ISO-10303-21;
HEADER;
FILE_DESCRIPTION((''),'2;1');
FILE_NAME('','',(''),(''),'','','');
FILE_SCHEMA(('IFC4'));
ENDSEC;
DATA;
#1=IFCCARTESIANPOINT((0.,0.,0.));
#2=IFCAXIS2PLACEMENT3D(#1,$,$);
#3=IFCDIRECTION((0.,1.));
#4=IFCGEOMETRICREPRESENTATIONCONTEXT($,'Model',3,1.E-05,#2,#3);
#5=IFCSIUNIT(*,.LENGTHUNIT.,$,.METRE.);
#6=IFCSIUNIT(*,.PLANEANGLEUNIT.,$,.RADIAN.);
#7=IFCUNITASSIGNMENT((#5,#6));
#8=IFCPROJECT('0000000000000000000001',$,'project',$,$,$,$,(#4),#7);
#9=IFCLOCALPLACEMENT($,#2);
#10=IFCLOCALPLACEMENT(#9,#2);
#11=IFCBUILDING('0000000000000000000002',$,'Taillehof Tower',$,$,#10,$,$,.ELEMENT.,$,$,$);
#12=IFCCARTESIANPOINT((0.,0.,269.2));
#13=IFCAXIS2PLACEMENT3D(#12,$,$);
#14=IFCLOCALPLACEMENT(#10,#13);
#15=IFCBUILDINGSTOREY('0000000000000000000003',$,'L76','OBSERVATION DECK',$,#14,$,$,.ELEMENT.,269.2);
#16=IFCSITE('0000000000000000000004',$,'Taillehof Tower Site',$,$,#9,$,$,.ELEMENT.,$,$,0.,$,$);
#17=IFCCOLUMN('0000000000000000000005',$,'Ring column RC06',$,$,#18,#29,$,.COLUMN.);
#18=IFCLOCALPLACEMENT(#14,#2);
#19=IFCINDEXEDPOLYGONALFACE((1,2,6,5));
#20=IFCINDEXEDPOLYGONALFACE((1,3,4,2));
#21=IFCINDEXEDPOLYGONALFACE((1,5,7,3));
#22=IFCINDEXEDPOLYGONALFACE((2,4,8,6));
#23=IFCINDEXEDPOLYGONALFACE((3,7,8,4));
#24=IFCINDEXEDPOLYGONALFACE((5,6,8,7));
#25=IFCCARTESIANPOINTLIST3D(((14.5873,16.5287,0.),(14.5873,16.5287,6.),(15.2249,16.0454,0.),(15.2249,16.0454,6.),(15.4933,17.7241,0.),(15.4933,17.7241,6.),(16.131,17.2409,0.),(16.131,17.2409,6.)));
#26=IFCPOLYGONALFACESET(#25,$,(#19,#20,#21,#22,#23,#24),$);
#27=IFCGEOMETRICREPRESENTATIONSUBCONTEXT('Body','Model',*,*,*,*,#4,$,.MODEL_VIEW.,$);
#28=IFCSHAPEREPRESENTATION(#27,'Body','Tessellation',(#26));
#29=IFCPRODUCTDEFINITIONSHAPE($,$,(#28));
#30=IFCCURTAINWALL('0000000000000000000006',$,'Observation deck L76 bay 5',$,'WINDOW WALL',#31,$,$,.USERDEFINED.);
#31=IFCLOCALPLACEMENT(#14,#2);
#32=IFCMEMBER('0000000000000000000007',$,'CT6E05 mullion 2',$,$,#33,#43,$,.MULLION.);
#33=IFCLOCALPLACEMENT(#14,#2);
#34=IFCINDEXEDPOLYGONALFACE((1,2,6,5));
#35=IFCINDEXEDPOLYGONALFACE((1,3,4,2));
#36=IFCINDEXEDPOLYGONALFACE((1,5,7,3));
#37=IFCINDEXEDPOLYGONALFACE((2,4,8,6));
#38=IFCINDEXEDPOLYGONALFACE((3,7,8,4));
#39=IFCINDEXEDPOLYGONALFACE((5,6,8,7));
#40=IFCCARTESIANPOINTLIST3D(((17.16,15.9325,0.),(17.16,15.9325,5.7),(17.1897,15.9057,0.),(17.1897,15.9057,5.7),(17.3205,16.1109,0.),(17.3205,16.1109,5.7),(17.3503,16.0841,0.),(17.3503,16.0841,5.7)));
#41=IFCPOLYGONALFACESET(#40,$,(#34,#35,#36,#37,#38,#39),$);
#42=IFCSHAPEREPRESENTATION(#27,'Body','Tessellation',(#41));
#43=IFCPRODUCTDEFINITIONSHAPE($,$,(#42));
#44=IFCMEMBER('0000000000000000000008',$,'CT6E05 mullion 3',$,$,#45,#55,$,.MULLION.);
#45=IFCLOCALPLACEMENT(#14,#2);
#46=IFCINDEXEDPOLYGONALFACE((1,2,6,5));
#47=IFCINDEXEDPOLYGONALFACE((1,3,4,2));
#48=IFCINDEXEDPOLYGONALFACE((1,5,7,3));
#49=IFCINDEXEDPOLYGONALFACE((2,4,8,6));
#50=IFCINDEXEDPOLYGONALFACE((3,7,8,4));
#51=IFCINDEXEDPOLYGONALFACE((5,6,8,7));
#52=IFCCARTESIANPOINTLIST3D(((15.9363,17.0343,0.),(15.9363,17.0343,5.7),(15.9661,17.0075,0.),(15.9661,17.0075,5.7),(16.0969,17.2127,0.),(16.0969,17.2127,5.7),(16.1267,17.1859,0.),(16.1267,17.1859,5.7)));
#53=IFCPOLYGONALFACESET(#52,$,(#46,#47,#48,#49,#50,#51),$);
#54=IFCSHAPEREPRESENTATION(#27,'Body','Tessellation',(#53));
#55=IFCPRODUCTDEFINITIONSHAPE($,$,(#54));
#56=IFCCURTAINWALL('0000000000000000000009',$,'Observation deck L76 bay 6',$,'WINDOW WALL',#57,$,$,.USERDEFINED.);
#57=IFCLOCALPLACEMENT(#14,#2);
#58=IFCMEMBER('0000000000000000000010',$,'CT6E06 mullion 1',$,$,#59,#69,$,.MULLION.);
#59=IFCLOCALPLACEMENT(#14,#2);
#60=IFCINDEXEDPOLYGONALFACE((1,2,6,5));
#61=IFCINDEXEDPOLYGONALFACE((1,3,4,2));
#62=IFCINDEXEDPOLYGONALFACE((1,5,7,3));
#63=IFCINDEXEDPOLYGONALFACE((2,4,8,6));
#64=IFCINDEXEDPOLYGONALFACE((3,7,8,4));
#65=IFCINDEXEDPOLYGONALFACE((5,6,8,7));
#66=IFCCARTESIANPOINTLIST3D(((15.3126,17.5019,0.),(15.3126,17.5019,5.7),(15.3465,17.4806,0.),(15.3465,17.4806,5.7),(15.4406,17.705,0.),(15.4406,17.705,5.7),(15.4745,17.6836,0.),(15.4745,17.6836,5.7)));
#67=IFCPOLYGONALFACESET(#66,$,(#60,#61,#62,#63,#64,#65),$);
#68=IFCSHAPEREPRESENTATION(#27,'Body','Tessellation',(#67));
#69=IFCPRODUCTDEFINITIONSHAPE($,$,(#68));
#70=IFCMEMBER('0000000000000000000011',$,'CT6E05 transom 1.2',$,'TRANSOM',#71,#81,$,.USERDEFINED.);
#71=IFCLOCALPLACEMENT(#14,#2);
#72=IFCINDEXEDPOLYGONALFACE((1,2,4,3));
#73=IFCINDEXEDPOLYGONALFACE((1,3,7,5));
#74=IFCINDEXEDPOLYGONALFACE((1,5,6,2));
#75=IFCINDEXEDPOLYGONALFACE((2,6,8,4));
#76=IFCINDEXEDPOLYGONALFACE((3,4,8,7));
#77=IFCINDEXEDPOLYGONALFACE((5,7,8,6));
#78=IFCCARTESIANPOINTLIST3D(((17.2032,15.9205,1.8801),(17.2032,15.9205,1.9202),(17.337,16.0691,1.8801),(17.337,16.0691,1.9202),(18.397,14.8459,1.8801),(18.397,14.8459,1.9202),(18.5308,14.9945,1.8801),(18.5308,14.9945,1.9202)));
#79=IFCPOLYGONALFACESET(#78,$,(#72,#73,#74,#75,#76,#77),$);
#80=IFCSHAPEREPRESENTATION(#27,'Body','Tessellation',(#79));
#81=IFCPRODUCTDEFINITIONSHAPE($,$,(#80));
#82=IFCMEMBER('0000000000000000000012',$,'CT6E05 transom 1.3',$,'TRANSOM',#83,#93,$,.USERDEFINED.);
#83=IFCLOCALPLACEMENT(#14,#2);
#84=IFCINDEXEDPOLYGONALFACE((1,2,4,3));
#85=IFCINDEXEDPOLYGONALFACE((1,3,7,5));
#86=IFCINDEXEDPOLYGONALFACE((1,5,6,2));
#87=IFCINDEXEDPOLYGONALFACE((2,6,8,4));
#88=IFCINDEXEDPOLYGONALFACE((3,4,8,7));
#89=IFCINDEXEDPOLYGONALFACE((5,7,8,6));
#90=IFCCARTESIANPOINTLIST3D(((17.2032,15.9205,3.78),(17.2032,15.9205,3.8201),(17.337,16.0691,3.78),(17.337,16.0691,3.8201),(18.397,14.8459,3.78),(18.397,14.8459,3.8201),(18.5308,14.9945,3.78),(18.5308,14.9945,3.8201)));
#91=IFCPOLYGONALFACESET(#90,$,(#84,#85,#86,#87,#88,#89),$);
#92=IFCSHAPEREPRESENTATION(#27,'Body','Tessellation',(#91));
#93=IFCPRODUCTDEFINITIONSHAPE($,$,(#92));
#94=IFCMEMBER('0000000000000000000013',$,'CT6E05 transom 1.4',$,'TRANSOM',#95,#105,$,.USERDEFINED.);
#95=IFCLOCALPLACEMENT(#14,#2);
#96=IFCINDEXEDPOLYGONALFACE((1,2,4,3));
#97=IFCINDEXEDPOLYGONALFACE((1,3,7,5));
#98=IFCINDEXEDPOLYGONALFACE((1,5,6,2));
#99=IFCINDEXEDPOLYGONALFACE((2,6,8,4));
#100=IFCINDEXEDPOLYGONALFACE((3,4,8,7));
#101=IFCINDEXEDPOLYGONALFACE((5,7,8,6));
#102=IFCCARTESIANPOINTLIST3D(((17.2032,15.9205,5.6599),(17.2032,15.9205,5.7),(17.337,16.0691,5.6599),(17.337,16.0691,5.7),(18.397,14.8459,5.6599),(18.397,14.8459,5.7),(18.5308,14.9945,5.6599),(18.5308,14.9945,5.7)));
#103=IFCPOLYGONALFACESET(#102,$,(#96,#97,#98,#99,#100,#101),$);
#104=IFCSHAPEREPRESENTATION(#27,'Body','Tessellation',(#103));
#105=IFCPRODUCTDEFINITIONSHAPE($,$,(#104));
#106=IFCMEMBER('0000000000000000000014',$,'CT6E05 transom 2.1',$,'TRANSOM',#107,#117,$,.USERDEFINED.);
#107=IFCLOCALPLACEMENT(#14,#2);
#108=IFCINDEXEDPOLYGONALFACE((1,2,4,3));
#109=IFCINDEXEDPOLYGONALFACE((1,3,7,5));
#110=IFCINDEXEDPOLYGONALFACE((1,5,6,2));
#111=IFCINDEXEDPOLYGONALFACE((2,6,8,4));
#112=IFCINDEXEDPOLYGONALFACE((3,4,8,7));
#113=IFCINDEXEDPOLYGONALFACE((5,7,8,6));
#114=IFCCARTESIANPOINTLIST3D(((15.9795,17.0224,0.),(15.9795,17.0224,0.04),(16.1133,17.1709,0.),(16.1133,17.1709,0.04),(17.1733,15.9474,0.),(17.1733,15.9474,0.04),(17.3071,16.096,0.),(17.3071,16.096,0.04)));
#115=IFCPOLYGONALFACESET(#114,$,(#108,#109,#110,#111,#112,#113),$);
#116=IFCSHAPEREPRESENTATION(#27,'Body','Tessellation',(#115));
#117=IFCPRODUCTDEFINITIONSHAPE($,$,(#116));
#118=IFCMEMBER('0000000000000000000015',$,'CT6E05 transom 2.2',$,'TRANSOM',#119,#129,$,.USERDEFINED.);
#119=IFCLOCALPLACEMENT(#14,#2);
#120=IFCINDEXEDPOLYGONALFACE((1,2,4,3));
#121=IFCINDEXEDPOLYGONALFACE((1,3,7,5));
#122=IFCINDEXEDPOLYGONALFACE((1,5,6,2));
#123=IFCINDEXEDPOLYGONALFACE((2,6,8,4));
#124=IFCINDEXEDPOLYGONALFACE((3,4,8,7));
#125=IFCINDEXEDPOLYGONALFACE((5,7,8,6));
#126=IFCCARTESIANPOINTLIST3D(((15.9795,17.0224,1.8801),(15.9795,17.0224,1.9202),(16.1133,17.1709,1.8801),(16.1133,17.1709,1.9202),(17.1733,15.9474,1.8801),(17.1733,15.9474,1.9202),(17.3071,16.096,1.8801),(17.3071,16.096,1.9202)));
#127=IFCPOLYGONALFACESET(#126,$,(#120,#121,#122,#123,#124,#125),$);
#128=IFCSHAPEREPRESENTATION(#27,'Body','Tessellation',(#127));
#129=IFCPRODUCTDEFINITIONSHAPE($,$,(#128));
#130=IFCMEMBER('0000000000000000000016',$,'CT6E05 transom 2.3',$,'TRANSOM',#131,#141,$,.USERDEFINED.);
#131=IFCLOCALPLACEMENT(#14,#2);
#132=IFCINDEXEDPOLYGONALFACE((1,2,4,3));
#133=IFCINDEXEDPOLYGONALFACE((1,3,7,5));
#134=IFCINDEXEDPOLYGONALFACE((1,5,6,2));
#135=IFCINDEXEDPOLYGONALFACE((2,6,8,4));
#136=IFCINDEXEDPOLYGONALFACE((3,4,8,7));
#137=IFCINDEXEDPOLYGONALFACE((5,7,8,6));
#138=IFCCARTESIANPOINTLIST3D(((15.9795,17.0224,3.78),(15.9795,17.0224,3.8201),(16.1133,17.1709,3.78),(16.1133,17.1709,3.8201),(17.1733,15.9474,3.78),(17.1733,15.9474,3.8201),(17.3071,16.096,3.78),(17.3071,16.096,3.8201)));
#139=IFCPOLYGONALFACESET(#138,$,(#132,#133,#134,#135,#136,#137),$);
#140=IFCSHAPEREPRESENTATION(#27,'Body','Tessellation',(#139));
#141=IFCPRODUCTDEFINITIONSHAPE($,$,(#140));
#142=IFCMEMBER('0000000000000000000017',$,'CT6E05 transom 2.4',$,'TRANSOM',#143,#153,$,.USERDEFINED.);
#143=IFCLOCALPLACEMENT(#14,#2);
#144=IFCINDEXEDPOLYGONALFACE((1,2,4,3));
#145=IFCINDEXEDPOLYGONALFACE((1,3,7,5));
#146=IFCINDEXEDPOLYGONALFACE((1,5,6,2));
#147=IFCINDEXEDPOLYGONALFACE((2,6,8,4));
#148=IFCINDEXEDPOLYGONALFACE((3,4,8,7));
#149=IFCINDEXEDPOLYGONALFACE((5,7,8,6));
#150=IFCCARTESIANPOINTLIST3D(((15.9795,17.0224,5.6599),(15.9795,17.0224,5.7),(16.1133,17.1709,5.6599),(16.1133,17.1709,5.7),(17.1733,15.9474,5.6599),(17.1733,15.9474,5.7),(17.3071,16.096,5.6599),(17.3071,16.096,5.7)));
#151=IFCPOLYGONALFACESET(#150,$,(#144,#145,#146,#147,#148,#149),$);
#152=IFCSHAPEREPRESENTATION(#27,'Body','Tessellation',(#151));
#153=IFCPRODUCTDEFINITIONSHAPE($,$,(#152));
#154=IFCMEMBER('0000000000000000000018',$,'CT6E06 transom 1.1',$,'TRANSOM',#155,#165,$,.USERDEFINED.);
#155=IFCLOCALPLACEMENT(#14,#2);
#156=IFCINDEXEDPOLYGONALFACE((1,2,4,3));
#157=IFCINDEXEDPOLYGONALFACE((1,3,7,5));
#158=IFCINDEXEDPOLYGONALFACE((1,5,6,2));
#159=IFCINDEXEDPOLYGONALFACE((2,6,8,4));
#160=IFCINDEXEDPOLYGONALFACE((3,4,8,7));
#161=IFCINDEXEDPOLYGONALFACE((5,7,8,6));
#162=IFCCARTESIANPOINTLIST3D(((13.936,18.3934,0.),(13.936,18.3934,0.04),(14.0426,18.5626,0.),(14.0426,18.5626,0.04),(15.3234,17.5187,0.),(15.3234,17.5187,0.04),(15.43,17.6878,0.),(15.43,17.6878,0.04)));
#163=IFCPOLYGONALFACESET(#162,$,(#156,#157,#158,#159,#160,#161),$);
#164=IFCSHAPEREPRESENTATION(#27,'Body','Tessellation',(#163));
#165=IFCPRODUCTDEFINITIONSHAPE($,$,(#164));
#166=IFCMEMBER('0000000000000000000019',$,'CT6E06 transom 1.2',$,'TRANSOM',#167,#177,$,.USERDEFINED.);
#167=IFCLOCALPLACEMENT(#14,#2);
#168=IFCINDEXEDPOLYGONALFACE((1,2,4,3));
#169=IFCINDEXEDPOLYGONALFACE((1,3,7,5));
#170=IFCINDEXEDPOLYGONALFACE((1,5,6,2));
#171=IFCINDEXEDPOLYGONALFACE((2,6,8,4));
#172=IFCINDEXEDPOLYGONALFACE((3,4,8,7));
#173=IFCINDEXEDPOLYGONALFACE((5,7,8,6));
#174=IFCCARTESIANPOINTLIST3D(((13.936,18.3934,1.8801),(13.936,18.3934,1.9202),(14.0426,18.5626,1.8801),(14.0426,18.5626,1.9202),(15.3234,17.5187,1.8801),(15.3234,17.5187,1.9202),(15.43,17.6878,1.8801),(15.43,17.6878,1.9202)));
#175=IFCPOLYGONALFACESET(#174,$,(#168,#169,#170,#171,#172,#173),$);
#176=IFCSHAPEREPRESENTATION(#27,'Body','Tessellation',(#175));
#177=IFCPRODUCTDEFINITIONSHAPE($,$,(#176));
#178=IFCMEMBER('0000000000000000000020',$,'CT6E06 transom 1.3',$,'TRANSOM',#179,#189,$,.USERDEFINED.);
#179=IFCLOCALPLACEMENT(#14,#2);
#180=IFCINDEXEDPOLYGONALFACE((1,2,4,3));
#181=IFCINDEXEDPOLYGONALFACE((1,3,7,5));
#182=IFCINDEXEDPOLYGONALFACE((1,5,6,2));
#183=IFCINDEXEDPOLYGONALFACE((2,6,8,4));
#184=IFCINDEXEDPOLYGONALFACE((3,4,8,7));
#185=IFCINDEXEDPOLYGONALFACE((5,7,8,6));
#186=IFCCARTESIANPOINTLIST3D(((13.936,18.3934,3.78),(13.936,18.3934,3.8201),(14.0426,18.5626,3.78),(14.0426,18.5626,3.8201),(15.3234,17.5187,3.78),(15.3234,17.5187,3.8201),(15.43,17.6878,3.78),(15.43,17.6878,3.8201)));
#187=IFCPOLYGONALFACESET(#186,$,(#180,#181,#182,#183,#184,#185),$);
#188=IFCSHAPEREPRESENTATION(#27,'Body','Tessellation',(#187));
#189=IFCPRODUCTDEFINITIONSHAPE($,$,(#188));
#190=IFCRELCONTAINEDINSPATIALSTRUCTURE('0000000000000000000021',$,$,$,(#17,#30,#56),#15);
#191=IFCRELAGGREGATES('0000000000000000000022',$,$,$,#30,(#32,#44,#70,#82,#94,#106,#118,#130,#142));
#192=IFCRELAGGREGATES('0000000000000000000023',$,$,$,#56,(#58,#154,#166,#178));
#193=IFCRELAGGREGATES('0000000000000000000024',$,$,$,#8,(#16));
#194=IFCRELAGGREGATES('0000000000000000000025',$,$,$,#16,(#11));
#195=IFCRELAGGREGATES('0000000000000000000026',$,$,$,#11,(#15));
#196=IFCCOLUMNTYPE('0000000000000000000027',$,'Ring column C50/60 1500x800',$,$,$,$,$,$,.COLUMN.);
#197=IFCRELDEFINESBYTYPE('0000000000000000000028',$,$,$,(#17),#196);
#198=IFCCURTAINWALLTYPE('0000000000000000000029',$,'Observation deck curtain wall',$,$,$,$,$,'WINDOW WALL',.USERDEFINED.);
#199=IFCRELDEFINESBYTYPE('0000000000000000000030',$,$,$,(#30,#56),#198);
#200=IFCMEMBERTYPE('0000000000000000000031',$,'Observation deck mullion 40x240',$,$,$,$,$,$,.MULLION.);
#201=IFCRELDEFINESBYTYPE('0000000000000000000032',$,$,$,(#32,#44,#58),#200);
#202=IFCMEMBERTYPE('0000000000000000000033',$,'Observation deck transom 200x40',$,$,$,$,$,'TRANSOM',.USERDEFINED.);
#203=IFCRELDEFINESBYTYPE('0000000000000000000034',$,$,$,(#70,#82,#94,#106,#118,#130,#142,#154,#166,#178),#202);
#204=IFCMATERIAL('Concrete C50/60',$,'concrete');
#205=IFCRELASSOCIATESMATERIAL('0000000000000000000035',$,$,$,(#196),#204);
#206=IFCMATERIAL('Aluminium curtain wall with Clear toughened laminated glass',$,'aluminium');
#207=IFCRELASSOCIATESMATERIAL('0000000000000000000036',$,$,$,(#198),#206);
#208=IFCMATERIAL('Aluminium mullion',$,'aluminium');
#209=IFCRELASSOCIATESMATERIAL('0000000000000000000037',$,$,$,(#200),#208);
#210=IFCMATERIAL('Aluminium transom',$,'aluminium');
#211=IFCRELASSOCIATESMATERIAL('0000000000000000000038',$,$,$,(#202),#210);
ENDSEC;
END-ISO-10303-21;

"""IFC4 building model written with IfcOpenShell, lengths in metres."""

from ifc_helpers import new_model, si_unit, direction, frame, origin, origin_2d, place, context, subcontext, project, spatial, rectangle, extrude, material, material_profile, profile_set, type_object, element, aggregate, save


model = new_model("IFC4")

# Units and contexts
model_context = context("Model", 3, precision=1e-05, world=origin(), true_north=direction((0.0, 1.0)))
body_context = subcontext(model_context, "Body", "Model", "MODEL_VIEW")
ifc_project = project(units=[si_unit("LENGTHUNIT", "METRE"), si_unit("PLANEANGLEUNIT", "RADIAN")], contexts=[model_context])

# Site, building, storey
site_placement = place(None, origin())
site = spatial("IfcSite", under=ifc_project, at=site_placement, Name="Taillehof Tower Site", CompositionType="ELEMENT", RefElevation=0.0)
building_placement = place(site_placement, origin())
building = spatial("IfcBuilding", under=site, at=building_placement, Name="Taillehof Tower", CompositionType="ELEMENT")
storey_placement = place(building_placement, frame((0.0, 0.0, 269.2)))
storey = spatial("IfcBuildingStorey", under=building, at=storey_placement, Name="L76", Description="OBSERVATION DECK", CompositionType="ELEMENT", Elevation=269.2)

# Column
ifc_material_1 = material(Name="Concrete C50/60", Category="concrete")
ifc_material_profile_1 = material_profile(ifc_material_1, rectangle(XDim=1.5, YDim=0.8, at=origin_2d()), Name="RC 1500x800")
ifc_profile_set_1 = profile_set([ifc_material_profile_1], Name="Concrete C50/60")
column_type = type_object("IfcColumnType", Name="Ring column C50/60 1500x800", PredefinedType="COLUMN", material=ifc_profile_set_1)
column_placement = place(storey_placement, frame((15.3591, 16.8848, 0.0), z_axis=(0.0, 0.0, 1.0), x_axis=(0.60402, 0.796969, 0.0)))
element("IfcColumn", 1, at=column_placement, inside=storey, type_object=column_type, Name="Ring column RC06", PredefinedType="COLUMN", context=body_context, shape_type="SweptSolid", body=[
    extrude(rectangle(XDim=1.5, YDim=0.8, at=origin_2d()), origin(), (0.0, 0.0, 1.0), 6.0),
])

# Curtain wall, members
ifc_material_2 = material(Name="Aluminium curtain wall with Clear toughened laminated glass", Category="aluminium")
curtain_wall_type = type_object("IfcCurtainWallType", Name="Observation deck curtain wall", ElementType="WINDOW WALL", PredefinedType="USERDEFINED", material=ifc_material_2)
curtain_wall_1_placement = place(storey_placement, origin())
curtain_wall_1 = element("IfcCurtainWall", 2, at=curtain_wall_1_placement, inside=storey, type_object=curtain_wall_type, Name="Observation deck L76 bay 5", ObjectType="WINDOW WALL", PredefinedType="USERDEFINED")
ifc_material_3 = material(Name="Aluminium mullion", Category="aluminium")
ifc_material_profile_2 = material_profile(ifc_material_3, rectangle(XDim=0.24, YDim=0.04, at=origin_2d()), Name="AL 40x240")
ifc_profile_set_2 = profile_set([ifc_material_profile_2], Name="Aluminium mullion")
member_type_1 = type_object("IfcMemberType", Name="Observation deck mullion 40x240", PredefinedType="MULLION", material=ifc_profile_set_2)
member_1_placement = place(storey_placement, frame((17.2551, 16.0083, 0.0), z_axis=(0.0, 0.0, 1.0), x_axis=(-0.669107, -0.743166, 0.0)))
member_1 = element("IfcMember", 3, at=member_1_placement, type_object=member_type_1, Name="CT6E05 mullion 2", PredefinedType="MULLION", context=body_context, shape_type="SweptSolid", body=[
    extrude(rectangle(XDim=0.24, YDim=0.04, at=origin_2d()), origin(), (0.0, 0.0, 1.0), 5.7),
])
member_2_placement = place(storey_placement, frame((16.0315, 17.1101, 0.0), z_axis=(0.0, 0.0, 1.0), x_axis=(-0.669107, -0.743166, 0.0)))
member_2 = element("IfcMember", 4, at=member_2_placement, type_object=member_type_1, Name="CT6E05 mullion 3", PredefinedType="MULLION", context=body_context, shape_type="SweptSolid", body=[
    extrude(rectangle(XDim=0.24, YDim=0.04, at=origin_2d()), origin(), (0.0, 0.0, 1.0), 5.7),
])

# Curtain wall, member
curtain_wall_2_placement = place(storey_placement, origin())
curtain_wall_2 = element("IfcCurtainWall", 5, at=curtain_wall_2_placement, inside=storey, type_object=curtain_wall_type, Name="Observation deck L76 bay 6", ObjectType="WINDOW WALL", PredefinedType="USERDEFINED")
member_3_placement = place(storey_placement, frame((15.3936, 17.5928, 0.0), z_axis=(0.0, 0.0, 1.0), x_axis=(-0.533294, -0.84593, 0.0)))
member_3 = element("IfcMember", 6, at=member_3_placement, type_object=member_type_1, Name="CT6E06 mullion 1", PredefinedType="MULLION", context=body_context, shape_type="SweptSolid", body=[
    extrude(rectangle(XDim=0.24, YDim=0.04, at=origin_2d()), origin(), (0.0, 0.0, 1.0), 5.7),
])

# Members
ifc_material_4 = material(Name="Aluminium transom", Category="aluminium")
ifc_material_profile_3 = material_profile(ifc_material_4, rectangle(XDim=0.2, YDim=0.04, at=origin_2d()), Name="AL 200x40")
ifc_profile_set_3 = profile_set([ifc_material_profile_3], Name="Aluminium transom")
member_type_2 = type_object("IfcMemberType", Name="Observation deck transom 200x40", ElementType="TRANSOM", PredefinedType="USERDEFINED", material=ifc_profile_set_3)
member_4_placement = place(storey_placement, frame((18.4639, 14.9202, 1.9001), z_axis=(-0.743219, 0.669049, 0.0), x_axis=(-0.669049, -0.743219, 0.0)))
member_4 = element("IfcMember", 7, at=member_4_placement, type_object=member_type_2, Name="CT6E05 transom 1.2", ObjectType="TRANSOM", PredefinedType="USERDEFINED", context=body_context, shape_type="SweptSolid", body=[
    extrude(rectangle(XDim=0.2, YDim=0.04, at=origin_2d()), origin(), (0.0, 0.0, 1.0), 1.6062),
])
member_5_placement = place(storey_placement, frame((18.4639, 14.9202, 3.8), z_axis=(-0.743219, 0.669049, 0.0), x_axis=(-0.669049, -0.743219, 0.0)))
member_5 = element("IfcMember", 8, at=member_5_placement, type_object=member_type_2, Name="CT6E05 transom 1.3", ObjectType="TRANSOM", PredefinedType="USERDEFINED", context=body_context, shape_type="SweptSolid", body=[
    extrude(rectangle(XDim=0.2, YDim=0.04, at=origin_2d()), origin(), (0.0, 0.0, 1.0), 1.6062),
])
member_6_placement = place(storey_placement, frame((18.4639, 14.9202, 5.6799), z_axis=(-0.743219, 0.669049, 0.0), x_axis=(-0.669049, -0.743219, 0.0)))
member_6 = element("IfcMember", 9, at=member_6_placement, type_object=member_type_2, Name="CT6E05 transom 1.4", ObjectType="TRANSOM", PredefinedType="USERDEFINED", context=body_context, shape_type="SweptSolid", body=[
    extrude(rectangle(XDim=0.2, YDim=0.04, at=origin_2d()), origin(), (0.0, 0.0, 1.0), 1.6062),
])
member_7_placement = place(storey_placement, frame((17.2402, 16.0217, 0.02), z_axis=(-0.743143, 0.669133, 0.0), x_axis=(-0.669133, -0.743143, 0.0)))
member_7 = element("IfcMember", 10, at=member_7_placement, type_object=member_type_2, Name="CT6E05 transom 2.1", ObjectType="TRANSOM", PredefinedType="USERDEFINED", context=body_context, shape_type="SweptSolid", body=[
    extrude(rectangle(XDim=0.2, YDim=0.04, at=origin_2d()), origin(), (0.0, 0.0, 1.0), 1.6064),
])
member_8_placement = place(storey_placement, frame((17.2402, 16.0217, 1.9001), z_axis=(-0.743143, 0.669133, 0.0), x_axis=(-0.669133, -0.743143, 0.0)))
member_8 = element("IfcMember", 11, at=member_8_placement, type_object=member_type_2, Name="CT6E05 transom 2.2", ObjectType="TRANSOM", PredefinedType="USERDEFINED", context=body_context, shape_type="SweptSolid", body=[
    extrude(rectangle(XDim=0.2, YDim=0.04, at=origin_2d()), origin(), (0.0, 0.0, 1.0), 1.6064),
])
member_9_placement = place(storey_placement, frame((17.2402, 16.0217, 3.8), z_axis=(-0.743143, 0.669133, 0.0), x_axis=(-0.669133, -0.743143, 0.0)))
member_9 = element("IfcMember", 12, at=member_9_placement, type_object=member_type_2, Name="CT6E05 transom 2.3", ObjectType="TRANSOM", PredefinedType="USERDEFINED", context=body_context, shape_type="SweptSolid", body=[
    extrude(rectangle(XDim=0.2, YDim=0.04, at=origin_2d()), origin(), (0.0, 0.0, 1.0), 1.6064),
])
member_10_placement = place(storey_placement, frame((17.2402, 16.0217, 5.6799), z_axis=(-0.743143, 0.669133, 0.0), x_axis=(-0.669133, -0.743143, 0.0)))
member_10 = element("IfcMember", 13, at=member_10_placement, type_object=member_type_2, Name="CT6E05 transom 2.4", ObjectType="TRANSOM", PredefinedType="USERDEFINED", context=body_context, shape_type="SweptSolid", body=[
    extrude(rectangle(XDim=0.2, YDim=0.04, at=origin_2d()), origin(), (0.0, 0.0, 1.0), 1.6064),
])
member_11_placement = place(storey_placement, frame((15.3767, 17.6033, 0.02), z_axis=(-0.84591, 0.533326, 0.0), x_axis=(-0.533326, -0.84591, 0.0)))
member_11 = element("IfcMember", 14, at=member_11_placement, type_object=member_type_2, Name="CT6E06 transom 1.1", ObjectType="TRANSOM", PredefinedType="USERDEFINED", context=body_context, shape_type="SweptSolid", body=[
    extrude(rectangle(XDim=0.2, YDim=0.04, at=origin_2d()), origin(), (0.0, 0.0, 1.0), 1.6401),
])
member_12_placement = place(storey_placement, frame((15.3767, 17.6033, 1.9001), z_axis=(-0.84591, 0.533326, 0.0), x_axis=(-0.533326, -0.84591, 0.0)))
member_12 = element("IfcMember", 15, at=member_12_placement, type_object=member_type_2, Name="CT6E06 transom 1.2", ObjectType="TRANSOM", PredefinedType="USERDEFINED", context=body_context, shape_type="SweptSolid", body=[
    extrude(rectangle(XDim=0.2, YDim=0.04, at=origin_2d()), origin(), (0.0, 0.0, 1.0), 1.6401),
])
member_13_placement = place(storey_placement, frame((15.3767, 17.6033, 3.8), z_axis=(-0.84591, 0.533326, 0.0), x_axis=(-0.533326, -0.84591, 0.0)))
member_13 = element("IfcMember", 16, at=member_13_placement, type_object=member_type_2, Name="CT6E06 transom 1.3", ObjectType="TRANSOM", PredefinedType="USERDEFINED", context=body_context, shape_type="SweptSolid", body=[
    extrude(rectangle(XDim=0.2, YDim=0.04, at=origin_2d()), origin(), (0.0, 0.0, 1.0), 1.6401),
])

aggregate(curtain_wall_1, [member_1, member_2, member_4, member_5, member_6, member_7, member_8, member_9, member_10])
aggregate(curtain_wall_2, [member_3, member_11, member_12, member_13])

save(model, "model.ifc")
